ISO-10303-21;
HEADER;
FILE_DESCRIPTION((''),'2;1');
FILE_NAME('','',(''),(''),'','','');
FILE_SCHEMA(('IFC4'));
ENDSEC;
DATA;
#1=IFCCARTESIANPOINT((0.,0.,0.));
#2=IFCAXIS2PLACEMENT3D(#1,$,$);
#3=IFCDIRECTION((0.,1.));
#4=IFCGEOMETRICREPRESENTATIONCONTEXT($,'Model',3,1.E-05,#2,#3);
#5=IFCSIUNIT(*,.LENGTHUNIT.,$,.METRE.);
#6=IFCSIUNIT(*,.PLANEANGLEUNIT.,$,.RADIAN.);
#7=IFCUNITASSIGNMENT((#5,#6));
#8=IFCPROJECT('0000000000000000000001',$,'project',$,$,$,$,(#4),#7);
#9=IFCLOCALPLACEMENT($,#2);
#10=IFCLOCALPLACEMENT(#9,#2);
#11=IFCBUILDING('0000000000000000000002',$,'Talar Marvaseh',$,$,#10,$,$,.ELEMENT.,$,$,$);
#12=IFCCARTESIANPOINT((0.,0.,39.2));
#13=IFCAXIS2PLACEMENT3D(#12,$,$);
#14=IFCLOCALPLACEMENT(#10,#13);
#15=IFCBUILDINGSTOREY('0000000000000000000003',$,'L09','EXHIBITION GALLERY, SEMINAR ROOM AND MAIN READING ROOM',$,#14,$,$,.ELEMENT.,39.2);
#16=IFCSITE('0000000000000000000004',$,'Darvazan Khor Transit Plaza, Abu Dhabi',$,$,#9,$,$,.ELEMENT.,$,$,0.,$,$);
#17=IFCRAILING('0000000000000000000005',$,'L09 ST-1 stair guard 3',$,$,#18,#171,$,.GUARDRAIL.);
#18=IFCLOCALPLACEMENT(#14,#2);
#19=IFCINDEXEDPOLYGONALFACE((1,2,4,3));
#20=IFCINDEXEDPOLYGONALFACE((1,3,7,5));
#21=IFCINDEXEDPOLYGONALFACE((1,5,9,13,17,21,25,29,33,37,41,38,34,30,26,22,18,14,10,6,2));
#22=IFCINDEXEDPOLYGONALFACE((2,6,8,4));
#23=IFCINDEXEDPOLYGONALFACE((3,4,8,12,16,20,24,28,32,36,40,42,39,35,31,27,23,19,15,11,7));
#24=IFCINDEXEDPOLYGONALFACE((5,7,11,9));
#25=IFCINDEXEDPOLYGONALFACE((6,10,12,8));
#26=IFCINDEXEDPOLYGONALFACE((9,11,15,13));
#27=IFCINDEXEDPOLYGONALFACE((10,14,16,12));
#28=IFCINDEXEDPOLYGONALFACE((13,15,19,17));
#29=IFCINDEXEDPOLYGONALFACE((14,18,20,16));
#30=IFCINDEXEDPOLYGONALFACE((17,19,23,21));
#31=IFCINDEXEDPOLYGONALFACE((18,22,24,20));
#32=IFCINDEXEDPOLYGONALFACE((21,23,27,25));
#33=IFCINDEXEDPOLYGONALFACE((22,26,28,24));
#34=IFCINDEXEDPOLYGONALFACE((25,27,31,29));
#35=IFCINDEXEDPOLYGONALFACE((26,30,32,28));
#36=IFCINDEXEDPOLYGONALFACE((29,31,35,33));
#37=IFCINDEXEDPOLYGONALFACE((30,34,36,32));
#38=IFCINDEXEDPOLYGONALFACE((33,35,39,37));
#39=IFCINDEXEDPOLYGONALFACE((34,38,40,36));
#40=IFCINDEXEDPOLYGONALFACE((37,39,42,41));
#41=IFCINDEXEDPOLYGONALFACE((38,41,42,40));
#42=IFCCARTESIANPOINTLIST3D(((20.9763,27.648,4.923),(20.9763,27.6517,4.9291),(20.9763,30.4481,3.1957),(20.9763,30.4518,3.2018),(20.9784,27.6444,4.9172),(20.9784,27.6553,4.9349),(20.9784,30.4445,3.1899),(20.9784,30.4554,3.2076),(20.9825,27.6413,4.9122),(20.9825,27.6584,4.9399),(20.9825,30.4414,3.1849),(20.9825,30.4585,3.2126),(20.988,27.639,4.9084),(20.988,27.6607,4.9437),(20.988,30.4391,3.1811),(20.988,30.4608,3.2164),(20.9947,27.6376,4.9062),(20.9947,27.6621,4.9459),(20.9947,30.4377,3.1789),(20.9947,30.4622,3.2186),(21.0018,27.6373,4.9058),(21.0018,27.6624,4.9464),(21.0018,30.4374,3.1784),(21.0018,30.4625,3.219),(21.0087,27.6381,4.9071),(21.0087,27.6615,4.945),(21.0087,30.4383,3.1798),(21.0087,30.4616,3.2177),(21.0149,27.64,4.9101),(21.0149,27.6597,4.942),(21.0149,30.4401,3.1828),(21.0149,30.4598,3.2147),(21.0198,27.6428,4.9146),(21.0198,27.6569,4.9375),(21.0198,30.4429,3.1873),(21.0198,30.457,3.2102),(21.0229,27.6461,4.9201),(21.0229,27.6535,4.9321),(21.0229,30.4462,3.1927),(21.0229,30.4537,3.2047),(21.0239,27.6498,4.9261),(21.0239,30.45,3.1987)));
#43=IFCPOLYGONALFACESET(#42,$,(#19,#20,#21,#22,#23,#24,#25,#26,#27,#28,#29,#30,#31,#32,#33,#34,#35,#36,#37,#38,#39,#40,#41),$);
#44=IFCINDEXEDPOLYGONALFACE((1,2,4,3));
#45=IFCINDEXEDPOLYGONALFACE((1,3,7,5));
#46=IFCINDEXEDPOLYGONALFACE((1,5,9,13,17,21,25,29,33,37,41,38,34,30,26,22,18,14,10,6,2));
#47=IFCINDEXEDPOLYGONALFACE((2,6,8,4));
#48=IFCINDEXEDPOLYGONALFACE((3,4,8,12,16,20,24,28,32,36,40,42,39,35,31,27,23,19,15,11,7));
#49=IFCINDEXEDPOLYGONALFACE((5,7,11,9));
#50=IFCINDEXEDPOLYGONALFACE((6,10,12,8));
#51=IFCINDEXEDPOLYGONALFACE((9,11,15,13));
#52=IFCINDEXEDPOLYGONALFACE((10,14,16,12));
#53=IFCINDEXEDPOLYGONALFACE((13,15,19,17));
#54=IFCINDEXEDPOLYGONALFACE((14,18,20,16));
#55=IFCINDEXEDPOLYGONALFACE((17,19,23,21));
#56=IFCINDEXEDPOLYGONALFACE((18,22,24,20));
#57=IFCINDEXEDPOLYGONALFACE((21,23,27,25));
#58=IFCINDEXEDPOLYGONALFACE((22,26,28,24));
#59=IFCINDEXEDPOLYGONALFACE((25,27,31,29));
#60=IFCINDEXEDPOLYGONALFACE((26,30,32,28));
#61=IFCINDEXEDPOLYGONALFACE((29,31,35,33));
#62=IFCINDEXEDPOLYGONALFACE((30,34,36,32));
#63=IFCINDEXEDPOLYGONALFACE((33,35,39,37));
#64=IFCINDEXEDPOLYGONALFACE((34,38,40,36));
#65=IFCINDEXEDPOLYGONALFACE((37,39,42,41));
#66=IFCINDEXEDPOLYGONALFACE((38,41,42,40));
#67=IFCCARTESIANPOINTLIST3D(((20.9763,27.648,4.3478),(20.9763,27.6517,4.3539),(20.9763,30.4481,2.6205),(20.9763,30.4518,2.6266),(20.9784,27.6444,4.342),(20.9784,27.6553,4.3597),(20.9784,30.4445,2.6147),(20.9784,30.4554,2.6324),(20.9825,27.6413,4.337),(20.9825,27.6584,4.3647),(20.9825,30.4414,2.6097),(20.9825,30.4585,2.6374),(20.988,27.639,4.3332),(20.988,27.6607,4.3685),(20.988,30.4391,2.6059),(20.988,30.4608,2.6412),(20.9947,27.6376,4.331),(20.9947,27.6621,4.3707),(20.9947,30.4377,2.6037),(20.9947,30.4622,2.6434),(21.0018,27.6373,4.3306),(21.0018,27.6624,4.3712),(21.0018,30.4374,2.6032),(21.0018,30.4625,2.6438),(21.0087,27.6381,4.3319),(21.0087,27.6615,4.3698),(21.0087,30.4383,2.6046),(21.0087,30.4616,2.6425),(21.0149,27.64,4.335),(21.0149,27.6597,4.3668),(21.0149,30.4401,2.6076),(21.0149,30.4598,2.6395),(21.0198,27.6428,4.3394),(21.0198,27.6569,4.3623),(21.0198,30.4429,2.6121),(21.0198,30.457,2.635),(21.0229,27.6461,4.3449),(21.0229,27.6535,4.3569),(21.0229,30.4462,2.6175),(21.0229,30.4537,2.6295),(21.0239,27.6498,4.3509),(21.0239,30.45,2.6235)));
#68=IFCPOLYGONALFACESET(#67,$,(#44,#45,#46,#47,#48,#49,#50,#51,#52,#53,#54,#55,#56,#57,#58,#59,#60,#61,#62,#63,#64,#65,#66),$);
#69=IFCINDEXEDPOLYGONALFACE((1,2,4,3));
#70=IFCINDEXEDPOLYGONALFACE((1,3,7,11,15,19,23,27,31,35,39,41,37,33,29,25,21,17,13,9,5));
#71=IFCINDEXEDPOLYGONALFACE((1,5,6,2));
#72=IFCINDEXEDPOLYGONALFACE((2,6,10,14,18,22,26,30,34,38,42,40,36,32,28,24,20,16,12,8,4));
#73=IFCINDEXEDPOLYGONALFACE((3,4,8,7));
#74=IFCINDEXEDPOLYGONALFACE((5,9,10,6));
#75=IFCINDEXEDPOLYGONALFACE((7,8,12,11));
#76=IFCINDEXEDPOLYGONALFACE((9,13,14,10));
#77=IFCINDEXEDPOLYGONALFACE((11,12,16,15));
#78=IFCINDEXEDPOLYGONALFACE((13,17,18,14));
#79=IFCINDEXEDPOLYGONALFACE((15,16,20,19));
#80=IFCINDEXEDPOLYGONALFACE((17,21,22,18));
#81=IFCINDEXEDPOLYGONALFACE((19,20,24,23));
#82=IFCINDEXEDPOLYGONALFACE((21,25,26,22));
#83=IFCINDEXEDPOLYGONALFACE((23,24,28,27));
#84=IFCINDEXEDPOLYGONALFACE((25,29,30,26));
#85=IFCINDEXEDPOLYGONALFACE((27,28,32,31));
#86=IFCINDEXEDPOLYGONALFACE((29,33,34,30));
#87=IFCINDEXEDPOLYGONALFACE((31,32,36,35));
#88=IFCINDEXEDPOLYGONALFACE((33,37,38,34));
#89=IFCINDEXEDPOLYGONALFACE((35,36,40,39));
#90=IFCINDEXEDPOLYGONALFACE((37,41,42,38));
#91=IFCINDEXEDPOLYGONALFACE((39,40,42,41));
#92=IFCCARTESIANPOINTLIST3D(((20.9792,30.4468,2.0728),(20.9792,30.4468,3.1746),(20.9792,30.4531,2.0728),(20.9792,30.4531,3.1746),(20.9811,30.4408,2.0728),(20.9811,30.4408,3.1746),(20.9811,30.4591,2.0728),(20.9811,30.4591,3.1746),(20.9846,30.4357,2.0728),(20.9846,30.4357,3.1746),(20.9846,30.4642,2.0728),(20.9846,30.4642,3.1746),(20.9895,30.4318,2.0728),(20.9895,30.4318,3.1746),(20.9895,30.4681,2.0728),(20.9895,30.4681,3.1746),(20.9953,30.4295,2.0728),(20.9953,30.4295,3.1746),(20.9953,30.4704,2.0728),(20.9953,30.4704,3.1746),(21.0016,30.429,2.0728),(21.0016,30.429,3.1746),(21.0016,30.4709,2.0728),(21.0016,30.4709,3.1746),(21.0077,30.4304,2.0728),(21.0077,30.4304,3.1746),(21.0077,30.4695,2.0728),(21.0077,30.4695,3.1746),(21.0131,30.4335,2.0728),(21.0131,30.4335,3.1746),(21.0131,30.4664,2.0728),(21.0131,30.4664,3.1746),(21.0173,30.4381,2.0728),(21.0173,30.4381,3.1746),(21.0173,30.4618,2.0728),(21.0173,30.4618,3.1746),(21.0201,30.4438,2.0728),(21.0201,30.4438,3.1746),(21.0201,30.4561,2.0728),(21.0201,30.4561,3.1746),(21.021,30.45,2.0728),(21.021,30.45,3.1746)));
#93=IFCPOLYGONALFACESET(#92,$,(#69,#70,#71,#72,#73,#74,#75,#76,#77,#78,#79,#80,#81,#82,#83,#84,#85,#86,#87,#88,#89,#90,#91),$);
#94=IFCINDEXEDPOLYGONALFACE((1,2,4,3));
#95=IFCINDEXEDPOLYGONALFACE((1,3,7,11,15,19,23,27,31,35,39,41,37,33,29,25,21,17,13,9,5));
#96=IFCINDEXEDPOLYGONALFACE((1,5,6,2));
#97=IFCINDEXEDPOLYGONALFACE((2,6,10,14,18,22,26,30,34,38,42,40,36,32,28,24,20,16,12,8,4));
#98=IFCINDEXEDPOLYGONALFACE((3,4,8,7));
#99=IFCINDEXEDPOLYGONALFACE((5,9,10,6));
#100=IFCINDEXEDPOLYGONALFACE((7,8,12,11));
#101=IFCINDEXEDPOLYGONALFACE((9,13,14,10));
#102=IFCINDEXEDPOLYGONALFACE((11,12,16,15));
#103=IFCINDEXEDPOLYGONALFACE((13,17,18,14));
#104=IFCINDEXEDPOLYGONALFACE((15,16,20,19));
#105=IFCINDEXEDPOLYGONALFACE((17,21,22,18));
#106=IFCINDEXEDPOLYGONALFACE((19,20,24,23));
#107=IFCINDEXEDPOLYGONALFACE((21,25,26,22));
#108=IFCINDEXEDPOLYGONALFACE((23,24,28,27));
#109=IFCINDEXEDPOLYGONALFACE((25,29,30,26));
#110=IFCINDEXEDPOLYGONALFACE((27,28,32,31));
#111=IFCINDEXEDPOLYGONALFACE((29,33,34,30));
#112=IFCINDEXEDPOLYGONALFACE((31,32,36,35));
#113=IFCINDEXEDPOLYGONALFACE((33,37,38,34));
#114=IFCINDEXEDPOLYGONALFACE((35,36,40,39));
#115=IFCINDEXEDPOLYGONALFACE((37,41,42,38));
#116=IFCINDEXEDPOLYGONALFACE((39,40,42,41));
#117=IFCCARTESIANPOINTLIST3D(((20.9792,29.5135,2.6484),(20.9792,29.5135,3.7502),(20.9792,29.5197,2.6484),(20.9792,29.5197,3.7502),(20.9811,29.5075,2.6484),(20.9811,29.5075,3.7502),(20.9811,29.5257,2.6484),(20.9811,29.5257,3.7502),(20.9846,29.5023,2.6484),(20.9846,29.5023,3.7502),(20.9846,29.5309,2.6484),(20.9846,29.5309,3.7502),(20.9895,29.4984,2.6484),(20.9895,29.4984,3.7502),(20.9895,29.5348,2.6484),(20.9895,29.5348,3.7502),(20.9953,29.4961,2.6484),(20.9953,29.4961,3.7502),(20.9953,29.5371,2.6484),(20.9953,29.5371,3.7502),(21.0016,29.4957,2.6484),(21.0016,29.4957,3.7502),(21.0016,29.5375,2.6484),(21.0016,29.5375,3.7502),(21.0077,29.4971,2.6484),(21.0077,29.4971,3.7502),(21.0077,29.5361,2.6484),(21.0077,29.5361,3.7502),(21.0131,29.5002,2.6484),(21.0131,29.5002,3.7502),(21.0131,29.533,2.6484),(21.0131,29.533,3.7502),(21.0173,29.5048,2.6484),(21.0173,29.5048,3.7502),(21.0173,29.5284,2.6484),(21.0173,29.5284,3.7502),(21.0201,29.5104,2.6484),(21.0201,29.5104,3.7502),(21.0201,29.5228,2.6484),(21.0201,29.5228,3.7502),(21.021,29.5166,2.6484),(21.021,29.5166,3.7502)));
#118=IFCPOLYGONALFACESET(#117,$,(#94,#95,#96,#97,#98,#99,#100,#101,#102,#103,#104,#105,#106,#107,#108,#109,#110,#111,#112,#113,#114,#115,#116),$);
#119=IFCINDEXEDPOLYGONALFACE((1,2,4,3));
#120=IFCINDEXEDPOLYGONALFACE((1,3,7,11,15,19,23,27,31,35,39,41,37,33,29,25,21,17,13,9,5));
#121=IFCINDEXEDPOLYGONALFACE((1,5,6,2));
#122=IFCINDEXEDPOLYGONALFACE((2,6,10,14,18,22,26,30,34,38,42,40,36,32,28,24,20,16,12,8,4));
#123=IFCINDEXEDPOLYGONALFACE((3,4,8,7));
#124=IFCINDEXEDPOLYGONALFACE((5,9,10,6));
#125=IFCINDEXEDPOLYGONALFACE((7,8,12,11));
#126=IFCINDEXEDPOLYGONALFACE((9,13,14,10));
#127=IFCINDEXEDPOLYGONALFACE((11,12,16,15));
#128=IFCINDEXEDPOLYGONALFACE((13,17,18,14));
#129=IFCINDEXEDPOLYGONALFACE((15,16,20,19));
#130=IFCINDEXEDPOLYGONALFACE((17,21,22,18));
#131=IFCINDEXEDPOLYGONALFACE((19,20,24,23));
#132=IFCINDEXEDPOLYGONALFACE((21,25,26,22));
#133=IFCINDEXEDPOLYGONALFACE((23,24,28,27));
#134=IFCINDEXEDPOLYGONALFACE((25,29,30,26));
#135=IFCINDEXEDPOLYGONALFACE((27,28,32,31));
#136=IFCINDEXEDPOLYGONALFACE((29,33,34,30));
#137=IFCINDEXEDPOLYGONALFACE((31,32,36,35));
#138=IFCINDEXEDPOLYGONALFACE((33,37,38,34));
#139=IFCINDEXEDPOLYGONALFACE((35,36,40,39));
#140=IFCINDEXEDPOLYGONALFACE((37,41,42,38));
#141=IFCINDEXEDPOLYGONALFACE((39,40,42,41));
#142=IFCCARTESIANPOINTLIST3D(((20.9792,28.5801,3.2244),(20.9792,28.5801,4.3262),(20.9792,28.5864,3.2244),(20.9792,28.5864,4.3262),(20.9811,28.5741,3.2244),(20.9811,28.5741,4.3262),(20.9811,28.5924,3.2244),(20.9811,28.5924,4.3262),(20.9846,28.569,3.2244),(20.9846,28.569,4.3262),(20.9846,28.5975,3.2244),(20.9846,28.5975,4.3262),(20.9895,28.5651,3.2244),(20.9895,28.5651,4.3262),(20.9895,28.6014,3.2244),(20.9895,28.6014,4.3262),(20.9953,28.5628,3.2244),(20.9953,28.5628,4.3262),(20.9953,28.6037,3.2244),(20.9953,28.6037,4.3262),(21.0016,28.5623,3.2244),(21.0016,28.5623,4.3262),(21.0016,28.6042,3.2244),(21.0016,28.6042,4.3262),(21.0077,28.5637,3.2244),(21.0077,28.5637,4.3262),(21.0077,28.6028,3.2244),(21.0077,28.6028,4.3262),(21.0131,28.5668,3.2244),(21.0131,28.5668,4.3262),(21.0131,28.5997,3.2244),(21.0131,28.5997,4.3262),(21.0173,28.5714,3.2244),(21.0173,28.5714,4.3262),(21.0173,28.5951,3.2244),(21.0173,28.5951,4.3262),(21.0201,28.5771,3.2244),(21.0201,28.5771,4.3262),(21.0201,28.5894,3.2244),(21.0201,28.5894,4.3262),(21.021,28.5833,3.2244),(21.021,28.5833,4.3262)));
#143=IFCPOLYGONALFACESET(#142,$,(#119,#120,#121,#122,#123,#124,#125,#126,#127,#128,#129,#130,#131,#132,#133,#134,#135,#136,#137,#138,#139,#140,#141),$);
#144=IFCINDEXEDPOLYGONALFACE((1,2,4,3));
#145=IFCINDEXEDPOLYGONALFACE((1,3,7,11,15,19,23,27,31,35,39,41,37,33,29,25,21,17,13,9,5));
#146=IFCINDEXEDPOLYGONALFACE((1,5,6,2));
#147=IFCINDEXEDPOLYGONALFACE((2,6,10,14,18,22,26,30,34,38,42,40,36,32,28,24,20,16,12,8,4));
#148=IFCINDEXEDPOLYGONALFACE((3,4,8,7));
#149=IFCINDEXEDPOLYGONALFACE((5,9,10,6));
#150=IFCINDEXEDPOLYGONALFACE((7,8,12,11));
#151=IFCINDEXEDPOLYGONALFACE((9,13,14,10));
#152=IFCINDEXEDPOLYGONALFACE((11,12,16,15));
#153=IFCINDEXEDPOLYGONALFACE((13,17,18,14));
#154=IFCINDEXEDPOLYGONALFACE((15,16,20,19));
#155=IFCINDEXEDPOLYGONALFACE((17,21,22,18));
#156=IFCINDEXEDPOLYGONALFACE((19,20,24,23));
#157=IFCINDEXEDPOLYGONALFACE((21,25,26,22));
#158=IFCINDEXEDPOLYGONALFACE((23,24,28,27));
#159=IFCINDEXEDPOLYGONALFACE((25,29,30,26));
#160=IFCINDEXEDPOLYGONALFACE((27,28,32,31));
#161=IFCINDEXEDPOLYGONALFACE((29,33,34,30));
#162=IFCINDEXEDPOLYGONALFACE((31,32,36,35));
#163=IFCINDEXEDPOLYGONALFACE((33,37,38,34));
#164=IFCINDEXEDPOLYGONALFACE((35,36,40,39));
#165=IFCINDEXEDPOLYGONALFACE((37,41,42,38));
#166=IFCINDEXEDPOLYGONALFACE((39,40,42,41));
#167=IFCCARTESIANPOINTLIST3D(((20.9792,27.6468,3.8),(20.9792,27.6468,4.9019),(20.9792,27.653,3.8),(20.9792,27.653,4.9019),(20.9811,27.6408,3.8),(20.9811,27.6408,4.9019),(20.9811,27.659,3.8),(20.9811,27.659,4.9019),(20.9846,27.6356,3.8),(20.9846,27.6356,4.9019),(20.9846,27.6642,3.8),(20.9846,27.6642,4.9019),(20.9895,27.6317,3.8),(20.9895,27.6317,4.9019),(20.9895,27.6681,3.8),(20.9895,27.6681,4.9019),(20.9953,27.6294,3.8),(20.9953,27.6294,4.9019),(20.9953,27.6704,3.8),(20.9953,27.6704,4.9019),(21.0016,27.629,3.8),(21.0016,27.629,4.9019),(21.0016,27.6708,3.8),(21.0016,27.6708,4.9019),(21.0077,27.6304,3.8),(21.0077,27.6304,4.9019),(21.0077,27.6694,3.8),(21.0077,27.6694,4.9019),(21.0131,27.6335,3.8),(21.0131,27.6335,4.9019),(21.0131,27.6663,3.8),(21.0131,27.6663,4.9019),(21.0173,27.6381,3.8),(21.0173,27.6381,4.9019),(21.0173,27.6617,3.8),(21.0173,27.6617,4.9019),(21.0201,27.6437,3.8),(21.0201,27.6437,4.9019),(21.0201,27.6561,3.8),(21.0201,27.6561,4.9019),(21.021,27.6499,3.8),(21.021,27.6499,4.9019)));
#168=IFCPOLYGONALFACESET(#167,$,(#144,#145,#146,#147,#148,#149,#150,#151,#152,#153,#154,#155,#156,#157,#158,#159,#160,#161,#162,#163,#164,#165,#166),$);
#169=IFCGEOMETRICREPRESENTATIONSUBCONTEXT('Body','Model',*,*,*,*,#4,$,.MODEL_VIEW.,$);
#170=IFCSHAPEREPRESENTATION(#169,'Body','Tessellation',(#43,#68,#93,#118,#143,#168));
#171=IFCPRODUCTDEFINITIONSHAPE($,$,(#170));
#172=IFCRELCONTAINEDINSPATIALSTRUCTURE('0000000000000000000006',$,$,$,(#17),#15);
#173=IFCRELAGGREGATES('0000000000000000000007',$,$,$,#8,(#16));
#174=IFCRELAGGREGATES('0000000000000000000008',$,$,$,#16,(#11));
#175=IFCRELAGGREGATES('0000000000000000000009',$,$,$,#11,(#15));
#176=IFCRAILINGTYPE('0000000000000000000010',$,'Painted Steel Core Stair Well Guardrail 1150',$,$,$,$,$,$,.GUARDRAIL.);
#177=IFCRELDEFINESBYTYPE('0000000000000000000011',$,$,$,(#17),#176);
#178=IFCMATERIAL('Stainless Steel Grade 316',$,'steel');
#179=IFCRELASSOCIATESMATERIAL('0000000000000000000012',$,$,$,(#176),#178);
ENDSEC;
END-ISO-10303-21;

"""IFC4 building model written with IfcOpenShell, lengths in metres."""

from ifc_helpers import new_model, si_unit, direction, frame, origin, origin_2d, place, context, subcontext, project, spatial, circle, extrude, material, type_object, element, save


model = new_model("IFC4")

# Units and contexts
model_context = context("Model", 3, precision=1e-05, world=origin(), true_north=direction((0.0, 1.0)))
body_context = subcontext(model_context, "Body", "Model", "MODEL_VIEW")
ifc_project = project(units=[si_unit("LENGTHUNIT", "METRE"), si_unit("PLANEANGLEUNIT", "RADIAN")], contexts=[model_context])

# Site, building, storey
site_placement = place(None, origin())
site = spatial("IfcSite", under=ifc_project, at=site_placement, Name="Darvazan Khor Transit Plaza, Abu Dhabi", CompositionType="ELEMENT", RefElevation=0.0)
building_placement = place(site_placement, origin())
building = spatial("IfcBuilding", under=site, at=building_placement, Name="Talar Marvaseh", CompositionType="ELEMENT")
storey_placement = place(building_placement, frame((0.0, 0.0, 39.2)))
storey = spatial("IfcBuildingStorey", under=building, at=storey_placement, Name="L09", Description="EXHIBITION GALLERY, SEMINAR ROOM AND MAIN READING ROOM", CompositionType="ELEMENT", Elevation=39.2)

# Railing
ifc_material_1 = material(Name="Stainless Steel Grade 316", Category="steel")
railing_type_1 = type_object("IfcRailingType", Name="Painted Steel Core Stair Well Guardrail 1150", PredefinedType="GUARDRAIL", material=ifc_material_1)
railing_1_placement = place(storey_placement, frame((21.0, 30.45, 2.0728)))
element("IfcRailing", 1, at=railing_1_placement, inside=storey, type_object=railing_type_1, Name="L09 ST-1 stair guard 3", PredefinedType="GUARDRAIL", context=body_context, shape_type="SweptSolid", body=[
    extrude(circle(Radius=0.0239, at=origin_2d()), frame((0.0, 0.0, 1.126), z_axis=(0.0, -0.85109, 0.52502), x_axis=(1.0, 0.0, 0.0)), (0.0, 0.0, 1.0), 3.29),
    extrude(circle(Radius=0.0239, at=origin_2d()), frame((0.0, 0.0, 0.5508), z_axis=(0.0, -0.85109, 0.52502), x_axis=(1.0, 0.0, 0.0)), (0.0, 0.0, 1.0), 3.29),
    extrude(circle(Radius=0.021, at=origin_2d()), origin(), (0.0, 0.0, 1.0), 1.1018),
    extrude(circle(Radius=0.021, at=origin_2d()), frame((0.0, -0.9333, 0.5757)), (0.0, 0.0, 1.0), 1.1018),
    extrude(circle(Radius=0.021, at=origin_2d()), frame((0.0, -1.8667, 1.1516)), (0.0, 0.0, 1.0), 1.1018),
    extrude(circle(Radius=0.021, at=origin_2d()), frame((0.0, -2.8, 1.7273)), (0.0, 0.0, 1.0), 1.1018),
])

save(model, "model.ifc")
